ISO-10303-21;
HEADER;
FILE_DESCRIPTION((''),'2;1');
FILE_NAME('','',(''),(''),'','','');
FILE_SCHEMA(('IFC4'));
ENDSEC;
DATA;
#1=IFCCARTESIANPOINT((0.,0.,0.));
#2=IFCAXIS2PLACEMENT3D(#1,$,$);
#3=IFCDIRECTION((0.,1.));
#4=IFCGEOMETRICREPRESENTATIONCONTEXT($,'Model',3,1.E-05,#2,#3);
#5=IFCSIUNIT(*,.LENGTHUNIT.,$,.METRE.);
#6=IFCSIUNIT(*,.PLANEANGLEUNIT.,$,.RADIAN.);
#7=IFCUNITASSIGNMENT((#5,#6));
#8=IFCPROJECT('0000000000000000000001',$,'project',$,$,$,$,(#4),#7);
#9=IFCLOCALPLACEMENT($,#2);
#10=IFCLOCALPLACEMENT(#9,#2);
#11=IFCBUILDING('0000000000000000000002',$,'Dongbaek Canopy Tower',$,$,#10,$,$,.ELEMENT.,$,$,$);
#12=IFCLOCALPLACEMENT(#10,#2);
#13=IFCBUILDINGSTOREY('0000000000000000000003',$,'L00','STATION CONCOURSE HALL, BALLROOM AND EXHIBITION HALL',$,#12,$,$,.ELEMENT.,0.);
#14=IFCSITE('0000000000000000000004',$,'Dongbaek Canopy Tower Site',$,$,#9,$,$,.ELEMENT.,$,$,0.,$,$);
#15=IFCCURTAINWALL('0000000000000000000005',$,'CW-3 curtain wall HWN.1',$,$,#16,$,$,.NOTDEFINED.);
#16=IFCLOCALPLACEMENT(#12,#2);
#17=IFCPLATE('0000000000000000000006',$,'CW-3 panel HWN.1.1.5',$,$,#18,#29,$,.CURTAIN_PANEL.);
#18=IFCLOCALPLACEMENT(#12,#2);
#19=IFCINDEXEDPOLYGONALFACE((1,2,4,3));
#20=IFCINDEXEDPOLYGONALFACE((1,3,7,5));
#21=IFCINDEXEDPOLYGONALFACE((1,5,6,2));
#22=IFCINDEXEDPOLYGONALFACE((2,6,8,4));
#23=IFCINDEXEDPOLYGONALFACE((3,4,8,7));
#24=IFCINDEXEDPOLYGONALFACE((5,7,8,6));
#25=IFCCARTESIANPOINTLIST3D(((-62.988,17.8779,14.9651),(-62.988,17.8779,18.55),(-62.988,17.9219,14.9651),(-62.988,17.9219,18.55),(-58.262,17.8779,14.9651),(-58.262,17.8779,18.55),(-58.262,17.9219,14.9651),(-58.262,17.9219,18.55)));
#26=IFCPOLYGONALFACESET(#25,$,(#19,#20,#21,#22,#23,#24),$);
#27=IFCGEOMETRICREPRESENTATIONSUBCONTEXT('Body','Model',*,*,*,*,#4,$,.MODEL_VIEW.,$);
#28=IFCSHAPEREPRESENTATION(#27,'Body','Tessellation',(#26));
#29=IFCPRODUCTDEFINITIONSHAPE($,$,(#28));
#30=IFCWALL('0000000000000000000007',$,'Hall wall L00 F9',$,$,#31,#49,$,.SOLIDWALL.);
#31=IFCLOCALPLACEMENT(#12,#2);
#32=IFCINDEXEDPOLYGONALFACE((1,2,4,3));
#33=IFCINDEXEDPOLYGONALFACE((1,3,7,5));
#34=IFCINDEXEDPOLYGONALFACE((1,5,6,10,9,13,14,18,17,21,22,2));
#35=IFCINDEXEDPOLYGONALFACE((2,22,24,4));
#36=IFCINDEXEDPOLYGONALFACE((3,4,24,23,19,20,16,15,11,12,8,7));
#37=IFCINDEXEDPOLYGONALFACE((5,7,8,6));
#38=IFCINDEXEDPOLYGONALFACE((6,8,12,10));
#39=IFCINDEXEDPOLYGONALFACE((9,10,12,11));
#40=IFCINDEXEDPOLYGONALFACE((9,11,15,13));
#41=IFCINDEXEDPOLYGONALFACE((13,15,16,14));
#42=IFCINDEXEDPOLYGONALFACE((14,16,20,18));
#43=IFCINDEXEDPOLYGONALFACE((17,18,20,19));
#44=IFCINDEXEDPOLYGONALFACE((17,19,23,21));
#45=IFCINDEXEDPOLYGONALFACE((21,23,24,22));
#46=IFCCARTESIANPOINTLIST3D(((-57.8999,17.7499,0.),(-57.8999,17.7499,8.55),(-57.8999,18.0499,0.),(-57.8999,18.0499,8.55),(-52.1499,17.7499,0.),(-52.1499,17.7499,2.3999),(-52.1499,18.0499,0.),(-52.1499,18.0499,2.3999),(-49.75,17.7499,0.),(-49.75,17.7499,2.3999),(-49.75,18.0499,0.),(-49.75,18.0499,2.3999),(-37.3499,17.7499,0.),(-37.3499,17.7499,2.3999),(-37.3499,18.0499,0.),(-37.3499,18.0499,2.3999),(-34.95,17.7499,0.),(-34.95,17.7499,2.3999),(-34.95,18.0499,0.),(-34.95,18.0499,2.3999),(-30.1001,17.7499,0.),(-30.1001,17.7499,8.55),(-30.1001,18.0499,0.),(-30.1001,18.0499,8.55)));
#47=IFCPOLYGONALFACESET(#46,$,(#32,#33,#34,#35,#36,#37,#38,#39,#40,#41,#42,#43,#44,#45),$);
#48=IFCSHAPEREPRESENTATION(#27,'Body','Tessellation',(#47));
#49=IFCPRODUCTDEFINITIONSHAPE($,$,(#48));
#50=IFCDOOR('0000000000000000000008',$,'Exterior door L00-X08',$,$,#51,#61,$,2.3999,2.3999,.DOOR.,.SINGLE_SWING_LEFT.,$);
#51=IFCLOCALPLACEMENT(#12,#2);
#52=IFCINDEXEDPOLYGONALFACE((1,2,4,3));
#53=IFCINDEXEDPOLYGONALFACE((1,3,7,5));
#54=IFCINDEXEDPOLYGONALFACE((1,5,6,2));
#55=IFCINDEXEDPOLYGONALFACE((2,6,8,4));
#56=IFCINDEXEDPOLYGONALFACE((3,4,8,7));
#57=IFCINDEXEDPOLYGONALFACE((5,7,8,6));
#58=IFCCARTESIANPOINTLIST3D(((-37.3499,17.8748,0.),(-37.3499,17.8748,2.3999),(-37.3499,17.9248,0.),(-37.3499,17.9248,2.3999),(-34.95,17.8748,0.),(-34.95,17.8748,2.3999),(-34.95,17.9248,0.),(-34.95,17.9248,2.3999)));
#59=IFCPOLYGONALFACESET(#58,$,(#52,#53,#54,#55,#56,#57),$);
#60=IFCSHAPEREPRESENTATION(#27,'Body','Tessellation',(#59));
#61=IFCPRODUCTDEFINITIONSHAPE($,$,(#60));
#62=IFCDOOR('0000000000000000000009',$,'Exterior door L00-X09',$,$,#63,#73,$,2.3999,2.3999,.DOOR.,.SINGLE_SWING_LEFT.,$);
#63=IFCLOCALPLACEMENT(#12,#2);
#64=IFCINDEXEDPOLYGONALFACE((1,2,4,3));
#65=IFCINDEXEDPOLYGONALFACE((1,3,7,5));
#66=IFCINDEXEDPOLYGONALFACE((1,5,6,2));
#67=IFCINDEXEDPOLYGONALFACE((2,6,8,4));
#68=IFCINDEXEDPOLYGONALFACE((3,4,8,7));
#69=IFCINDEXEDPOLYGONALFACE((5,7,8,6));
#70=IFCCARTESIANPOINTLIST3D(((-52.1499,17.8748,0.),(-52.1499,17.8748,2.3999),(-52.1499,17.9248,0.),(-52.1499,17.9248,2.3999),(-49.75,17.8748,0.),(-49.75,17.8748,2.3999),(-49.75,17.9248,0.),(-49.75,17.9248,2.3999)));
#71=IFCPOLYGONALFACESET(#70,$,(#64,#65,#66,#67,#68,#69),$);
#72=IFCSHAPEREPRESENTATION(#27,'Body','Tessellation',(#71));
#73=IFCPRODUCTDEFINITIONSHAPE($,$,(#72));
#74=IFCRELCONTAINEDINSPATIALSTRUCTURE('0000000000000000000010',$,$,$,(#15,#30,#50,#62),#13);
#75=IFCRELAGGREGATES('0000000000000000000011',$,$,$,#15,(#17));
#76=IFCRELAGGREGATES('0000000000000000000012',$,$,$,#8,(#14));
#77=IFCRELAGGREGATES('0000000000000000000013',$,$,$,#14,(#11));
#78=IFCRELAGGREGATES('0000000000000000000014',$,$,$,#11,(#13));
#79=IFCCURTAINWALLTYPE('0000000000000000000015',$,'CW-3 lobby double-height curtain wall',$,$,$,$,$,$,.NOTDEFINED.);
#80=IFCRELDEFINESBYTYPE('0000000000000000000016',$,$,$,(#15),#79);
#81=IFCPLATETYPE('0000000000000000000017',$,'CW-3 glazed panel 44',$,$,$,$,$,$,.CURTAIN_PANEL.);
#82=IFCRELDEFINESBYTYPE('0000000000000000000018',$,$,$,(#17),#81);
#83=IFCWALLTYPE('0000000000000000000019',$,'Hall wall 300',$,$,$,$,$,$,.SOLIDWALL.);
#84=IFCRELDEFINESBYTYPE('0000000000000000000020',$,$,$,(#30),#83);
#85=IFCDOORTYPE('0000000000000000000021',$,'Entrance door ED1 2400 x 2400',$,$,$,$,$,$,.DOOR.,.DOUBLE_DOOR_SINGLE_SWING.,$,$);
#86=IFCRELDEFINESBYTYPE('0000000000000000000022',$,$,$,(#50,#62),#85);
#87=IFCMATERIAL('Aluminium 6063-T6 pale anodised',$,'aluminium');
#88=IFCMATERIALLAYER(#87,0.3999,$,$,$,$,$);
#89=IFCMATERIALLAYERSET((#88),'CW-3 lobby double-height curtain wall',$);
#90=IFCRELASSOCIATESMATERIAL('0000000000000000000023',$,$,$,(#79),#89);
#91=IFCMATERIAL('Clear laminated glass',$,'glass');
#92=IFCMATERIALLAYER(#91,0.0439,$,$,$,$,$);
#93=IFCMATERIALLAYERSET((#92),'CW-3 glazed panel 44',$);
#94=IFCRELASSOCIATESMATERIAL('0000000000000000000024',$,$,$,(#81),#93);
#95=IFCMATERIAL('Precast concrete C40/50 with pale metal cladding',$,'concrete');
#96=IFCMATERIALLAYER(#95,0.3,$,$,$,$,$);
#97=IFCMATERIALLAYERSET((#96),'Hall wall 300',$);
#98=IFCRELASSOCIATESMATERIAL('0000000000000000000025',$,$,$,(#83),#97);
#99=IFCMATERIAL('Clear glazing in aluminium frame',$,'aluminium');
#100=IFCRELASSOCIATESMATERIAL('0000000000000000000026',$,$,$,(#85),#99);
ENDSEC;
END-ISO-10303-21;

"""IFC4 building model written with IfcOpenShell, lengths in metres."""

from ifc_helpers import new_model, si_unit, direction, frame, frame_2d, origin, origin_2d, place, context, subcontext, project, spatial, rectangle, extrude, material, layer, layer_set, type_object, element, fill, aggregate, save


model = new_model("IFC4")

# Units and contexts
model_context = context("Model", 3, precision=1e-05, world=origin(), true_north=direction((0.0, 1.0)))
body_context = subcontext(model_context, "Body", "Model", "MODEL_VIEW")
ifc_project = project(units=[si_unit("LENGTHUNIT", "METRE"), si_unit("PLANEANGLEUNIT", "RADIAN")], contexts=[model_context])

# Site, building, storey
site_placement = place(None, origin())
site = spatial("IfcSite", under=ifc_project, at=site_placement, Name="Dongbaek Canopy Tower Site", CompositionType="ELEMENT", RefElevation=0.0)
building_placement = place(site_placement, origin())
building = spatial("IfcBuilding", under=site, at=building_placement, Name="Dongbaek Canopy Tower", CompositionType="ELEMENT")
storey_placement = place(building_placement, origin())
storey = spatial("IfcBuildingStorey", under=building, at=storey_placement, Name="L00", Description="STATION CONCOURSE HALL, BALLROOM AND EXHIBITION HALL", CompositionType="ELEMENT", Elevation=0.0)

# Curtain wall
ifc_material_1 = material(Name="Aluminium 6063-T6 pale anodised", Category="aluminium")
ifc_layer_1 = layer(ifc_material_1, 0.3999)
ifc_layer_set_1 = layer_set([ifc_layer_1], Name="CW-3 lobby double-height curtain wall")
curtain_wall_type = type_object("IfcCurtainWallType", Name="CW-3 lobby double-height curtain wall", PredefinedType="NOTDEFINED", material=ifc_layer_set_1)
curtain_wall_placement = place(storey_placement, origin())
curtain_wall = element("IfcCurtainWall", 1, at=curtain_wall_placement, inside=storey, type_object=curtain_wall_type, Name="CW-3 curtain wall HWN.1", PredefinedType="NOTDEFINED")

# Plate
ifc_material_2 = material(Name="Clear laminated glass", Category="glass")
ifc_layer_2 = layer(ifc_material_2, 0.0439)
ifc_layer_set_2 = layer_set([ifc_layer_2], Name="CW-3 glazed panel 44")
plate_type = type_object("IfcPlateType", Name="CW-3 glazed panel 44", PredefinedType="CURTAIN_PANEL", material=ifc_layer_set_2)
plate_1_placement = place(storey_placement, frame((-60.625, 17.8999, 14.9651), z_axis=(0.0, 0.0, 1.0), x_axis=(-1.0, 0.0, 0.0)))
plate_1 = element("IfcPlate", 2, at=plate_1_placement, type_object=plate_type, Name="CW-3 panel HWN.1.1.5", PredefinedType="CURTAIN_PANEL", context=body_context, shape_type="SweptSolid", body=[
    extrude(rectangle(XDim=4.7261, YDim=0.0439, at=origin_2d()), origin(), (0.0, 0.0, 1.0), 3.585),
])
aggregate(curtain_wall, [plate_1])

# Wall, openings, doors
ifc_material_3 = material(Name="Precast concrete C40/50 with pale metal cladding", Category="concrete")
ifc_layer_3 = layer(ifc_material_3, 0.3)
ifc_layer_set_3 = layer_set([ifc_layer_3], Name="Hall wall 300")
wall_type = type_object("IfcWallType", Name="Hall wall 300", PredefinedType="SOLIDWALL", material=ifc_layer_set_3)
wall_placement = place(storey_placement, frame((-57.8999, 17.8999, 0.0), z_axis=(0.0, 0.0, 1.0), x_axis=(1.0, 0.0, 0.0)))
wall = element("IfcWall", 3, at=wall_placement, inside=storey, type_object=wall_type, Name="Hall wall L00 F9", PredefinedType="SOLIDWALL", context=body_context, shape_type="SweptSolid", body=[
    extrude(rectangle(XDim=27.7998, YDim=0.3, at=frame_2d((13.8999, 0.0))), origin(), (0.0, 0.0, 1.0), 8.55),
])
opening_1_placement = place(wall_placement, frame((20.55, 0.0, 0.0)))
opening_1 = element("IfcOpeningElement", 4, at=opening_1_placement, cuts=wall, PredefinedType="OPENING", context=body_context, shape_type="SweptSolid", body=[
    extrude(rectangle(XDim=2.3999, YDim=2.3999, at=frame_2d((1.2, 1.2))), frame((0.0, 0.1599, 0.0), z_axis=(0.0, -1.0, 0.0), x_axis=(1.0, 0.0, 0.0)), (0.0, 0.0, 1.0), 0.3201),
])
opening_2_placement = place(wall_placement, frame((5.75, 0.0, 0.0)))
opening_2 = element("IfcOpeningElement", 5, at=opening_2_placement, cuts=wall, PredefinedType="OPENING", context=body_context, shape_type="SweptSolid", body=[
    extrude(rectangle(XDim=2.3999, YDim=2.3999, at=frame_2d((1.2, 1.2))), frame((0.0, 0.1599, 0.0), z_axis=(0.0, -1.0, 0.0), x_axis=(1.0, 0.0, 0.0)), (0.0, 0.0, 1.0), 0.3201),
])
ifc_material_4 = material(Name="Clear glazing in aluminium frame", Category="aluminium")
door_type = type_object("IfcDoorType", Name="Entrance door ED1 2400 x 2400", OperationType="DOUBLE_DOOR_SINGLE_SWING", PredefinedType="DOOR", material=ifc_material_4)
door_1_placement = place(opening_1_placement, origin())
door_1 = element("IfcDoor", 6, at=door_1_placement, inside=storey, type_object=door_type, Name="Exterior door L00-X08", OperationType="SINGLE_SWING_LEFT", OverallHeight=2.3999, OverallWidth=2.3999, PredefinedType="DOOR", context=body_context, shape_type="SweptSolid", body=[
    extrude(rectangle(XDim=2.3999, YDim=2.3999, at=frame_2d((1.2, 1.2))), frame((0.0, 0.0249, 0.0), z_axis=(0.0, -1.0, 0.0), x_axis=(1.0, 0.0, 0.0)), (0.0, 0.0, 1.0), 0.05),
])
fill(opening_1, door_1)
door_2_placement = place(opening_2_placement, origin())
door_2 = element("IfcDoor", 7, at=door_2_placement, inside=storey, type_object=door_type, Name="Exterior door L00-X09", OperationType="SINGLE_SWING_LEFT", OverallHeight=2.3999, OverallWidth=2.3999, PredefinedType="DOOR", context=body_context, shape_type="SweptSolid", body=[
    extrude(rectangle(XDim=2.3999, YDim=2.3999, at=frame_2d((1.2, 1.2))), frame((0.0, 0.0249, 0.0), z_axis=(0.0, -1.0, 0.0), x_axis=(1.0, 0.0, 0.0)), (0.0, 0.0, 1.0), 0.05),
])
fill(opening_2, door_2)

save(model, "model.ifc")
